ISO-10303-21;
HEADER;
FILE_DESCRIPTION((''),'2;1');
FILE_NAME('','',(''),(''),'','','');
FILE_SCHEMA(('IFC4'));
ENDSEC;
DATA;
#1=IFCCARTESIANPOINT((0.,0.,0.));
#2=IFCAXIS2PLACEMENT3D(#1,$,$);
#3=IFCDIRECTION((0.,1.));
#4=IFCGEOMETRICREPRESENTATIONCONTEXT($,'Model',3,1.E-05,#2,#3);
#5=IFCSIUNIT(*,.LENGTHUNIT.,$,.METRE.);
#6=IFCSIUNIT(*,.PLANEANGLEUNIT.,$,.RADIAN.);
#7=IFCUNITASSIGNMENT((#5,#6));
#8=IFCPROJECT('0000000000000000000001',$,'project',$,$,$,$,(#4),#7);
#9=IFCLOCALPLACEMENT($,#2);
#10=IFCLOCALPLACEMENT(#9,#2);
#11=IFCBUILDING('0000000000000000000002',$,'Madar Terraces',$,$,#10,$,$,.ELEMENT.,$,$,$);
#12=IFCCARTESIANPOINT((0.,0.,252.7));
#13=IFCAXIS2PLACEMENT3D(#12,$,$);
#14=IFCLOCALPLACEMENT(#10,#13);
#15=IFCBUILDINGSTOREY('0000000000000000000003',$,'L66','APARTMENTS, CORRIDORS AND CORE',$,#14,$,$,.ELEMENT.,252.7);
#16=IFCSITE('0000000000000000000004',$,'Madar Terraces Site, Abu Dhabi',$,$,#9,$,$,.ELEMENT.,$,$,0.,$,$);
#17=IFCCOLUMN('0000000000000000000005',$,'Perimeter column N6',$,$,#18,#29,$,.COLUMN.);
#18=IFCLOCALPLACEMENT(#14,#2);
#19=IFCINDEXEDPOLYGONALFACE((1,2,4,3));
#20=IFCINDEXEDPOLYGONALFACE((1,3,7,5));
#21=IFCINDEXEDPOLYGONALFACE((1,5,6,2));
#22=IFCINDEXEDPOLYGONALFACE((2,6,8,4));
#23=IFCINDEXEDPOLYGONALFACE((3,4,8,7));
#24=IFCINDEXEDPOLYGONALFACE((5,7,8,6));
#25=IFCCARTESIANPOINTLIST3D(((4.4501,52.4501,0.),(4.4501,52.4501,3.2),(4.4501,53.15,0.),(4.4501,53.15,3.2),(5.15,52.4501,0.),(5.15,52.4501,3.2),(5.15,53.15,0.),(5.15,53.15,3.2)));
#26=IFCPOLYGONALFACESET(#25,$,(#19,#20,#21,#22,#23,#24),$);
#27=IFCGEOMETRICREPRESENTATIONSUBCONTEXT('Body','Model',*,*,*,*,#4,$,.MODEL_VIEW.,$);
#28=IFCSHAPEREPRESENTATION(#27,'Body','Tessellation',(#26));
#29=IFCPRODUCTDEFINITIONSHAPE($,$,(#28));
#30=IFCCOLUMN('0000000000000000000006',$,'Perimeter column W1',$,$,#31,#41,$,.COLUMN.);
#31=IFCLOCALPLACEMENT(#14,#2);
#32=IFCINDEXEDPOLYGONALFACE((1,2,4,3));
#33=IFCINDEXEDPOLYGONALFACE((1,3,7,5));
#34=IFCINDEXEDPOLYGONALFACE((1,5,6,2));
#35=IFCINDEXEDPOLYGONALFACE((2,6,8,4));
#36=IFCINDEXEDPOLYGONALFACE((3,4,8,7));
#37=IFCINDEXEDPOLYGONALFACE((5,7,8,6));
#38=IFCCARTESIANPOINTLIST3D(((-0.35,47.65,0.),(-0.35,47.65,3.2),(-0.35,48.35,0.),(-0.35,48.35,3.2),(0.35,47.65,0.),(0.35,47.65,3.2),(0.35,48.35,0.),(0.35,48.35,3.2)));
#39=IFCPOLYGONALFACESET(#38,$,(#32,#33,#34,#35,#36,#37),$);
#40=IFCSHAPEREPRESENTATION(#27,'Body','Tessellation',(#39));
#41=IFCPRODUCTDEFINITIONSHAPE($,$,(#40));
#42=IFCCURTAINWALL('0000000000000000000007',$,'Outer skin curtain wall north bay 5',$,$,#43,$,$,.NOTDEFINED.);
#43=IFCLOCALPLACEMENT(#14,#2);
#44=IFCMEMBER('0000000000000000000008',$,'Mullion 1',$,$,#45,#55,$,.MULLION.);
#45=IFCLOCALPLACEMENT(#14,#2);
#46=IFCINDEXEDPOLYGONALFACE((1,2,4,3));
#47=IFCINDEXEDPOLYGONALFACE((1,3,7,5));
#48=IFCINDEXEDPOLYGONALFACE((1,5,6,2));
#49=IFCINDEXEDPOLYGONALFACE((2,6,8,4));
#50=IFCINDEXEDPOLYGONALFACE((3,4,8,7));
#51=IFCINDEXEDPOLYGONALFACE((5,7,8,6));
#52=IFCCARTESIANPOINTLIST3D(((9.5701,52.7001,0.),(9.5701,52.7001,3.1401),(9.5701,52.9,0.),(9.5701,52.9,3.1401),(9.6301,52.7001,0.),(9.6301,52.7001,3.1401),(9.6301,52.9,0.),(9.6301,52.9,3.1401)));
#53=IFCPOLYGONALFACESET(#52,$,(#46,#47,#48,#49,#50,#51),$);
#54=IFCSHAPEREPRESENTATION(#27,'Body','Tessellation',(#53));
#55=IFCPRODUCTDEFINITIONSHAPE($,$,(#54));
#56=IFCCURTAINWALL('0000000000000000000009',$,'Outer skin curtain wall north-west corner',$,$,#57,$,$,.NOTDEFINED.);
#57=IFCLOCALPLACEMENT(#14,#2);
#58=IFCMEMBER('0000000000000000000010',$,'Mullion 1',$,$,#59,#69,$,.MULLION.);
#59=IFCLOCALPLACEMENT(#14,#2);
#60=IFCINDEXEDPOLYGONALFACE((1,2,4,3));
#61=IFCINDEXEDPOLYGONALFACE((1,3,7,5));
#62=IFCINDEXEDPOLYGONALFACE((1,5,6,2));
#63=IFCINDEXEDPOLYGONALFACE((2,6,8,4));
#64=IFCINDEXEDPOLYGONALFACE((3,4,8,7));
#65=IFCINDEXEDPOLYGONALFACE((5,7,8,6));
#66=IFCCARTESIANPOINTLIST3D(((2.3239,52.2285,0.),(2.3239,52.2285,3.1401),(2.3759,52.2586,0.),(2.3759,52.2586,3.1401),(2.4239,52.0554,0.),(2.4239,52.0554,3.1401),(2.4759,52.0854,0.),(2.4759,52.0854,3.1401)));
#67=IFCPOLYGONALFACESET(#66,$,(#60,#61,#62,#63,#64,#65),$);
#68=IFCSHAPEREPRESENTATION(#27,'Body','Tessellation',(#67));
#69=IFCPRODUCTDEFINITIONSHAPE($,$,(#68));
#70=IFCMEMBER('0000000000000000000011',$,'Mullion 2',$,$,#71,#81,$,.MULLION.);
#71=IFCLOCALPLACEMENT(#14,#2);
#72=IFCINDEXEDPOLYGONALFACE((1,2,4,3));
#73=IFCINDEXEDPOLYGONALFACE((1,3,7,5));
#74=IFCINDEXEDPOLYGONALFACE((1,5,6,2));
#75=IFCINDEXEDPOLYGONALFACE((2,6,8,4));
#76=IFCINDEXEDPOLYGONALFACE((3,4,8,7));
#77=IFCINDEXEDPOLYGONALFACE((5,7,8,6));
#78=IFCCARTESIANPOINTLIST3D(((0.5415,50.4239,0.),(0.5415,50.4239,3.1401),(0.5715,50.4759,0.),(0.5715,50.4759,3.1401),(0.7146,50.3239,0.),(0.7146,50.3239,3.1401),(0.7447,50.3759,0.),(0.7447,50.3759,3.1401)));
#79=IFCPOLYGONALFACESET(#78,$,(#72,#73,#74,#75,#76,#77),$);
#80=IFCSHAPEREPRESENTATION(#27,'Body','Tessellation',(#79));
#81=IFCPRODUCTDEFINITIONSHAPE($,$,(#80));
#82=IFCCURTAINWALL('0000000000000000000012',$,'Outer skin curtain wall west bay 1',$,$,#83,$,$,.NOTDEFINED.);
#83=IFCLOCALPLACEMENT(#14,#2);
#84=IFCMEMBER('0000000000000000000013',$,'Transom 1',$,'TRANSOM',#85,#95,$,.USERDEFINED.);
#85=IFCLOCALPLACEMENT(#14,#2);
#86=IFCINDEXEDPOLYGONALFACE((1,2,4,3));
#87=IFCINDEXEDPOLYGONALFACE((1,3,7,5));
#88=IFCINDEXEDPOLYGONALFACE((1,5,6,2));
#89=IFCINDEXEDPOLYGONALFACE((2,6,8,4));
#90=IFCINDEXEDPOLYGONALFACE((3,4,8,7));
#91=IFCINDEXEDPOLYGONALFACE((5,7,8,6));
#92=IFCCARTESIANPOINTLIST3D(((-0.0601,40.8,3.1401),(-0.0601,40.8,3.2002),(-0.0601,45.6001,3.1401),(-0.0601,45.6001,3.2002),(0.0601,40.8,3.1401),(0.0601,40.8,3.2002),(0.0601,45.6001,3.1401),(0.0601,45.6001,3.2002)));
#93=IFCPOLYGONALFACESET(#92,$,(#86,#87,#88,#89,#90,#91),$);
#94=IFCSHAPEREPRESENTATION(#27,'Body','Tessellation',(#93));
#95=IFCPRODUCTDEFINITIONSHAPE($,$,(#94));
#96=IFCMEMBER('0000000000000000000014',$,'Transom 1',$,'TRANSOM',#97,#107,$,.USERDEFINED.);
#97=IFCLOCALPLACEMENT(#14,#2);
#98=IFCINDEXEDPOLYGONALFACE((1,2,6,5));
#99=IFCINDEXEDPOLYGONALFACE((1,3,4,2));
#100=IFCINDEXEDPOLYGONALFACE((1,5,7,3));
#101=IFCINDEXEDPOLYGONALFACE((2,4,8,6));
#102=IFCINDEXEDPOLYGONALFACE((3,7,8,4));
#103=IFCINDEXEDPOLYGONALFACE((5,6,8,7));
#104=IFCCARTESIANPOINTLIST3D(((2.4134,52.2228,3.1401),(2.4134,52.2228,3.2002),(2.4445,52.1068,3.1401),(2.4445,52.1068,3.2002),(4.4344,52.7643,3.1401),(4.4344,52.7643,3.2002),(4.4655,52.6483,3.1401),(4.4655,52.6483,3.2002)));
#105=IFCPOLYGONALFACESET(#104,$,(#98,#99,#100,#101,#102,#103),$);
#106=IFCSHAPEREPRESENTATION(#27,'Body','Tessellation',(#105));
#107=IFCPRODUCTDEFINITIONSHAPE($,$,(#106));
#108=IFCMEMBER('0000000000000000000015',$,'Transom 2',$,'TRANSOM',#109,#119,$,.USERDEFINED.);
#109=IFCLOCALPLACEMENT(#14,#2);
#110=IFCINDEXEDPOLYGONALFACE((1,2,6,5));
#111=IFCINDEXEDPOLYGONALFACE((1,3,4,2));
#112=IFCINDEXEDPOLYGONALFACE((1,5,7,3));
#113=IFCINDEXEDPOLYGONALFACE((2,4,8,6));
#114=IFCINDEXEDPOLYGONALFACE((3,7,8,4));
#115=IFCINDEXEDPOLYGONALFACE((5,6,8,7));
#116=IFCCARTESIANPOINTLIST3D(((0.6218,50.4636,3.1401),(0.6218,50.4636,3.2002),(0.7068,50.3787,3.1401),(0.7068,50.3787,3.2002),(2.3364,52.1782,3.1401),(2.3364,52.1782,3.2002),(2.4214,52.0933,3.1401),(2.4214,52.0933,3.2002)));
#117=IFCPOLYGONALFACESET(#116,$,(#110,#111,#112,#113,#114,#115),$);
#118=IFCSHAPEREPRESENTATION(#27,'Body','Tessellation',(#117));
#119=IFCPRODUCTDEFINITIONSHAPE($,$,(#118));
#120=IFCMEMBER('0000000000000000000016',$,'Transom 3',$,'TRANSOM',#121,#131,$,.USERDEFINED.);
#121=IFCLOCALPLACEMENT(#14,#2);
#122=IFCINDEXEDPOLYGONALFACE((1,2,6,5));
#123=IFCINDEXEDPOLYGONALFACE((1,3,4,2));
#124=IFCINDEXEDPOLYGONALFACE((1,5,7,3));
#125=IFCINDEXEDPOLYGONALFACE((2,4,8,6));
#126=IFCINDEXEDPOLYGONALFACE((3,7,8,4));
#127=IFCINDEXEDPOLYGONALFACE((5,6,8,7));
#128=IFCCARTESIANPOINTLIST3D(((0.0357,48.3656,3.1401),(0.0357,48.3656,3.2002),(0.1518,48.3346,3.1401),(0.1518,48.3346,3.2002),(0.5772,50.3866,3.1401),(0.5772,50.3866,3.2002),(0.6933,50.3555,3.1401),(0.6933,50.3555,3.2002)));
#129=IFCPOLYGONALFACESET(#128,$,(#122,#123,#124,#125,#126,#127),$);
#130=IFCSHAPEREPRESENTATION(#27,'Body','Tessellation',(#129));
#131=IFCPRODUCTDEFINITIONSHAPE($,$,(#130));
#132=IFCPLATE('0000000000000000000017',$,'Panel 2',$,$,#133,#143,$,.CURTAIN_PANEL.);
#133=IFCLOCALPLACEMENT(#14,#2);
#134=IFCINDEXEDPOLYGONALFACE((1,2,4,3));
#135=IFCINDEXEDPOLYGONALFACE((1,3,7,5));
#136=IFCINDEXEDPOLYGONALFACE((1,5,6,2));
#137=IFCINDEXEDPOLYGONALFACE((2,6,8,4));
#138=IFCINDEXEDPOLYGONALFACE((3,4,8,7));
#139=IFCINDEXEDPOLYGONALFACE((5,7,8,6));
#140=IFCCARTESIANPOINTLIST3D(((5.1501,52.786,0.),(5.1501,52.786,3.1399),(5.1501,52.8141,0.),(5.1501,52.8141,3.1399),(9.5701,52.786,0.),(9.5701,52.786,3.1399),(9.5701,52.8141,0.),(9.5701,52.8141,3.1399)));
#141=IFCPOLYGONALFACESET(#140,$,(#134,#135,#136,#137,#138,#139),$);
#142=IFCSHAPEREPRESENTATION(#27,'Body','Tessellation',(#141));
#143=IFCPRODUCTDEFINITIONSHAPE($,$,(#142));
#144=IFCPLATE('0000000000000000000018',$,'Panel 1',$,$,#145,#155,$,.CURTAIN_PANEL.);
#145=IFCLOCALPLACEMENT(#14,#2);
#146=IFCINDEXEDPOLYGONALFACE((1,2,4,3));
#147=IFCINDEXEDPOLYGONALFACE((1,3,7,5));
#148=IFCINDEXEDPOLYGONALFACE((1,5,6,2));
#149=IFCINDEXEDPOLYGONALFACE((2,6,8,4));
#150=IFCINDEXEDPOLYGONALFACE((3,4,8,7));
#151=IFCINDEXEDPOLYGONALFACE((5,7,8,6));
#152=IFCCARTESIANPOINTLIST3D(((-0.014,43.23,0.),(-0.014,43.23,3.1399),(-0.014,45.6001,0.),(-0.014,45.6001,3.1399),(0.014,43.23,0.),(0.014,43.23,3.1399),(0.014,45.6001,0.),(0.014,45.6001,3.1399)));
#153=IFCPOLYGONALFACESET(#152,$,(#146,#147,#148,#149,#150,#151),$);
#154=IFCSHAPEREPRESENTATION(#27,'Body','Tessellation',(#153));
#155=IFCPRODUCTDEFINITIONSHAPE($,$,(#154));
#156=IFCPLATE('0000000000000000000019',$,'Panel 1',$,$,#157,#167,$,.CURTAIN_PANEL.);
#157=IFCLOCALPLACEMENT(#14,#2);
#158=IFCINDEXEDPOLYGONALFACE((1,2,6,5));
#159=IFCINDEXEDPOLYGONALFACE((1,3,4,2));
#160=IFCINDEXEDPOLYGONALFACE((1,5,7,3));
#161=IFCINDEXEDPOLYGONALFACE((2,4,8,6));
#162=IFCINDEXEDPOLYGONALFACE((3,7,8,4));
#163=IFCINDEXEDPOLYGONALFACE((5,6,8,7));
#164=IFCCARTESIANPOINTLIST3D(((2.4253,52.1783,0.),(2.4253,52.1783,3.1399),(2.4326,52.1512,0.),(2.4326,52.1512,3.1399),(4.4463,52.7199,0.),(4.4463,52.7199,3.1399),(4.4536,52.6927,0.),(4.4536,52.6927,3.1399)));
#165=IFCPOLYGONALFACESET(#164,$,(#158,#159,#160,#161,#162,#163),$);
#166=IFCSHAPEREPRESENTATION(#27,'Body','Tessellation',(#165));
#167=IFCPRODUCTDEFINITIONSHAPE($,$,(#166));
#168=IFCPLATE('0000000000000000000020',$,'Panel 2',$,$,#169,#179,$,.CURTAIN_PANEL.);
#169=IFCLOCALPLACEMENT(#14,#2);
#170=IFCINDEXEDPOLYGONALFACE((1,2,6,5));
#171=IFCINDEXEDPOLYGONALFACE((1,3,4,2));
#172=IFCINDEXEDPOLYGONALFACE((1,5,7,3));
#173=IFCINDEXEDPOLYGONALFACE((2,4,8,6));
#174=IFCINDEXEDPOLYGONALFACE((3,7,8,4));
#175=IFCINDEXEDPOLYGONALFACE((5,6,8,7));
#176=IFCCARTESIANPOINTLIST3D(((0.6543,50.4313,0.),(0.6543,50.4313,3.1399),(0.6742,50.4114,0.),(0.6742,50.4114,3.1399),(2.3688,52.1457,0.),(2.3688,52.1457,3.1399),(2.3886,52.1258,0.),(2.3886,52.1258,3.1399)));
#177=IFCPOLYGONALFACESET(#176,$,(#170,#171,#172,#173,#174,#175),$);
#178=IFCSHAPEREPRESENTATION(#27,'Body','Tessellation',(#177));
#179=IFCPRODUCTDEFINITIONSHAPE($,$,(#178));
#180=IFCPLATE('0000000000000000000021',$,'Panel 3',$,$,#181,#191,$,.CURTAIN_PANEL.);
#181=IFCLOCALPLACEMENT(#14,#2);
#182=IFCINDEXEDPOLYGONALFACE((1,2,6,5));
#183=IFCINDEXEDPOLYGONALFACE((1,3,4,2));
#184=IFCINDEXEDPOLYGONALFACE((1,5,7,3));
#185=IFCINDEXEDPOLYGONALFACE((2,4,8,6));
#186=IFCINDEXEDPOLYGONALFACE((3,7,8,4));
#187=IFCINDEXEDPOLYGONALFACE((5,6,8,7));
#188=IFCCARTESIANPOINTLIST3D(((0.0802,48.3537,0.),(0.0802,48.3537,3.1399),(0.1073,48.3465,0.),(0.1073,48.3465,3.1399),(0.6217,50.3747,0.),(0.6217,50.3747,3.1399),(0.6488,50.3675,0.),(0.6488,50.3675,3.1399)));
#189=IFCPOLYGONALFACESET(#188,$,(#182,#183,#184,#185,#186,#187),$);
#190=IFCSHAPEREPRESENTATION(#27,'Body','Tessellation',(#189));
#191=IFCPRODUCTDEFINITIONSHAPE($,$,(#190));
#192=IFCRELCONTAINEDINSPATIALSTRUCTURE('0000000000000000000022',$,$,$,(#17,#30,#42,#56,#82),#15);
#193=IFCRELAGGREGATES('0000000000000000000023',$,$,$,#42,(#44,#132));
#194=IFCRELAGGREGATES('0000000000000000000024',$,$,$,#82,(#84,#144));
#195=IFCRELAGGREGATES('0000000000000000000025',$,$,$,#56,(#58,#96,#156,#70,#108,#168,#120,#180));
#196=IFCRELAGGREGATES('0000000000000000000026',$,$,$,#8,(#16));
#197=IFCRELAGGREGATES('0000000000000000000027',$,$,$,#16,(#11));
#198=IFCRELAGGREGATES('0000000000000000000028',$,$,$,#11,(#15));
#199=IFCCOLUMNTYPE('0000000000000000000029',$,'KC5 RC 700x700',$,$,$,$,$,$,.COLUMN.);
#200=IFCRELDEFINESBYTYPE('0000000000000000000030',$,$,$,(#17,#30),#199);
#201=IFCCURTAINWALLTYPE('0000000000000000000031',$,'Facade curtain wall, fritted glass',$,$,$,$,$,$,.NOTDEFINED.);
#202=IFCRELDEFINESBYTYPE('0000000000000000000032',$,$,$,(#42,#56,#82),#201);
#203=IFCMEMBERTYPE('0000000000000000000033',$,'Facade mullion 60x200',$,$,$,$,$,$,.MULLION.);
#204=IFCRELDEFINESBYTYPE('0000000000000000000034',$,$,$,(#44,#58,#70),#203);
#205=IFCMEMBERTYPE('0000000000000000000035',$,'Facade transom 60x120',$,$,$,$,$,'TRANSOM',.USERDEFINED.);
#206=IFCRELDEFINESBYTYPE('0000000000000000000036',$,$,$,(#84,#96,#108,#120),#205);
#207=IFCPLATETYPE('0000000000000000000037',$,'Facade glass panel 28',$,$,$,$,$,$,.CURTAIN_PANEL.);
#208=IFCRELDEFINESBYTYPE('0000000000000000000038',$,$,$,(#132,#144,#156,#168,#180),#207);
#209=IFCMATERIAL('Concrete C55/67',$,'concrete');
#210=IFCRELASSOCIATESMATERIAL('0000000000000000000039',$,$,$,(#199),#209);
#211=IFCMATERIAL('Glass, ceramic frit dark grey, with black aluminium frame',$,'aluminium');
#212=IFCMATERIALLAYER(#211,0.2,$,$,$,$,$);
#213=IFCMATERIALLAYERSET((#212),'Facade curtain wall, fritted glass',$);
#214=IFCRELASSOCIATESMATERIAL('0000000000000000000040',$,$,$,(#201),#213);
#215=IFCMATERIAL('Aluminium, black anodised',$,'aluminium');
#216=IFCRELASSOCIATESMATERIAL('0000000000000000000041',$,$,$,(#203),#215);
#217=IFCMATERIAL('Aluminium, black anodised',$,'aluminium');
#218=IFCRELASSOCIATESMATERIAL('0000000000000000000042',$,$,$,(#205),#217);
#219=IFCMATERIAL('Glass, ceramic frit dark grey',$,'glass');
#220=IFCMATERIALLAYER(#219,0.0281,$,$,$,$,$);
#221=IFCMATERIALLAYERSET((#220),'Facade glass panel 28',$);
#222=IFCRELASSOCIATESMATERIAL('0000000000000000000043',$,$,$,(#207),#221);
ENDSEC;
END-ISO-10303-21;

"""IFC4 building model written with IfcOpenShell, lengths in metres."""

from ifc_helpers import new_model, si_unit, direction, frame, origin, origin_2d, place, context, subcontext, project, spatial, rectangle, extrude, material, layer, layer_set, material_profile, profile_set, type_object, element, aggregate, save


model = new_model("IFC4")

# Units and contexts
model_context = context("Model", 3, precision=1e-05, world=origin(), true_north=direction((0.0, 1.0)))
body_context = subcontext(model_context, "Body", "Model", "MODEL_VIEW")
ifc_project = project(units=[si_unit("LENGTHUNIT", "METRE"), si_unit("PLANEANGLEUNIT", "RADIAN")], contexts=[model_context])

# Site, building, storey
site_placement = place(None, origin())
site = spatial("IfcSite", under=ifc_project, at=site_placement, Name="Madar Terraces Site, Abu Dhabi", CompositionType="ELEMENT", RefElevation=0.0)
building_placement = place(site_placement, origin())
building = spatial("IfcBuilding", under=site, at=building_placement, Name="Madar Terraces", CompositionType="ELEMENT")
storey_placement = place(building_placement, frame((0.0, 0.0, 252.7)))
storey = spatial("IfcBuildingStorey", under=building, at=storey_placement, Name="L66", Description="APARTMENTS, CORRIDORS AND CORE", CompositionType="ELEMENT", Elevation=252.7)

# Columns
ifc_material_1 = material(Name="Concrete C55/67", Category="concrete")
ifc_material_profile_1 = material_profile(ifc_material_1, rectangle(XDim=0.7, YDim=0.7, at=origin_2d()), Name="KC5 RC 700x700")
ifc_profile_set_1 = profile_set([ifc_material_profile_1], Name="Concrete C55/67")
column_type = type_object("IfcColumnType", Name="KC5 RC 700x700", PredefinedType="COLUMN", material=ifc_profile_set_1)
for number, where, z_axis, x_axis, name in (
    (1, (4.8, 52.8, 0.0), (0.0, 0.0, 1.0), (1.0, 0.0, 0.0), "Perimeter column N6"),
    (2, (0.0, 48.0, 0.0), (0.0, 0.0, 1.0), (1.0, 0.0, 0.0), "Perimeter column W1"),
):
    element("IfcColumn", number, at=place(storey_placement, frame(where, z_axis=z_axis, x_axis=x_axis)), inside=storey, type_object=column_type, Name=name, PredefinedType="COLUMN", context=body_context, shape_type="SweptSolid", body=[
        extrude(rectangle(XDim=0.7, YDim=0.7, at=origin_2d()), origin(), (0.0, 0.0, 1.0), 3.2),
    ])

# Curtain wall, member
ifc_material_2 = material(Name="Glass, ceramic frit dark grey, with black aluminium frame", Category="aluminium")
ifc_layer_1 = layer(ifc_material_2, 0.2)
ifc_layer_set_1 = layer_set([ifc_layer_1], Name="Facade curtain wall, fritted glass")
curtain_wall_type = type_object("IfcCurtainWallType", Name="Facade curtain wall, fritted glass", PredefinedType="NOTDEFINED", material=ifc_layer_set_1)
curtain_wall_1_placement = place(storey_placement, origin())
curtain_wall_1 = element("IfcCurtainWall", 3, at=curtain_wall_1_placement, inside=storey, type_object=curtain_wall_type, Name="Outer skin curtain wall north bay 5", PredefinedType="NOTDEFINED")
ifc_material_3 = material(Name="Aluminium, black anodised", Category="aluminium")
ifc_material_profile_2 = material_profile(ifc_material_3, rectangle(XDim=0.2, YDim=0.0601, at=origin_2d()), Name="Facade mullion 60x200")
ifc_profile_set_2 = profile_set([ifc_material_profile_2], Name="Aluminium, black anodised")
member_type_1 = type_object("IfcMemberType", Name="Facade mullion 60x200", PredefinedType="MULLION", material=ifc_profile_set_2)
member_1_placement = place(storey_placement, frame((9.6001, 52.8, 0.0), z_axis=(0.0, 0.0, 1.0), x_axis=(0.0, -1.0, 0.0)))
member_1 = element("IfcMember", 4, at=member_1_placement, type_object=member_type_1, Name="Mullion 1", PredefinedType="MULLION", context=body_context, shape_type="SweptSolid", body=[
    extrude(rectangle(XDim=0.2, YDim=0.0601, at=origin_2d()), origin(), (0.0, 0.0, 1.0), 3.1401),
])

# Curtain wall, members
curtain_wall_2_placement = place(storey_placement, origin())
curtain_wall_2 = element("IfcCurtainWall", 5, at=curtain_wall_2_placement, inside=storey, type_object=curtain_wall_type, Name="Outer skin curtain wall north-west corner", PredefinedType="NOTDEFINED")
member_2_placement = place(storey_placement, frame((2.3999, 52.157, 0.0), z_axis=(0.0, 0.0, 1.0), x_axis=(0.5, -0.866025, 0.0)))
member_2 = element("IfcMember", 6, at=member_2_placement, type_object=member_type_1, Name="Mullion 1", PredefinedType="MULLION", context=body_context, shape_type="SweptSolid", body=[
    extrude(rectangle(XDim=0.2, YDim=0.0601, at=origin_2d()), origin(), (0.0, 0.0, 1.0), 3.1401),
])
member_3_placement = place(storey_placement, frame((0.6431, 50.3999, 0.0), z_axis=(0.0, 0.0, 1.0), x_axis=(0.866025, -0.5, 0.0)))
member_3 = element("IfcMember", 7, at=member_3_placement, type_object=member_type_1, Name="Mullion 2", PredefinedType="MULLION", context=body_context, shape_type="SweptSolid", body=[
    extrude(rectangle(XDim=0.2, YDim=0.0601, at=origin_2d()), origin(), (0.0, 0.0, 1.0), 3.1401),
])

# Curtain wall, member
curtain_wall_3_placement = place(storey_placement, origin())
curtain_wall_3 = element("IfcCurtainWall", 8, at=curtain_wall_3_placement, inside=storey, type_object=curtain_wall_type, Name="Outer skin curtain wall west bay 1", PredefinedType="NOTDEFINED")
ifc_material_4 = material(Name="Aluminium, black anodised", Category="aluminium")
ifc_material_profile_3 = material_profile(ifc_material_4, rectangle(XDim=0.1201, YDim=0.0601, at=origin_2d()), Name="Facade transom 60x120")
ifc_profile_set_3 = profile_set([ifc_material_profile_3], Name="Aluminium, black anodised")
member_type_2 = type_object("IfcMemberType", Name="Facade transom 60x120", ElementType="TRANSOM", PredefinedType="USERDEFINED", material=ifc_profile_set_3)
member_4_placement = place(storey_placement, frame((0.0, 45.6001, 3.1702), z_axis=(0.0, -1.0, 0.0), x_axis=(1.0, 0.0, 0.0)))
member_4 = element("IfcMember", 9, at=member_4_placement, type_object=member_type_2, Name="Transom 1", ObjectType="TRANSOM", PredefinedType="USERDEFINED", context=body_context, shape_type="SweptSolid", body=[
    extrude(rectangle(XDim=0.1201, YDim=0.0601, at=origin_2d()), origin(), (0.0, 0.0, 1.0), 4.8),
])

# Members
member_5_placement = place(storey_placement, frame((4.45, 52.7063, 3.1702), z_axis=(-0.965928, -0.25881, 0.0), x_axis=(0.25881, -0.965928, 0.0)))
member_5 = element("IfcMember", 10, at=member_5_placement, type_object=member_type_2, Name="Transom 1", ObjectType="TRANSOM", PredefinedType="USERDEFINED", context=body_context, shape_type="SweptSolid", body=[
    extrude(rectangle(XDim=0.1201, YDim=0.0601, at=origin_2d()), origin(), (0.0, 0.0, 1.0), 2.0923),
])
member_6_placement = place(storey_placement, frame((2.3789, 52.1357, 3.1702), z_axis=(-0.707107, -0.707107, 0.0), x_axis=(0.707107, -0.707107, 0.0)))
member_6 = element("IfcMember", 11, at=member_6_placement, type_object=member_type_2, Name="Transom 2", ObjectType="TRANSOM", PredefinedType="USERDEFINED", context=body_context, shape_type="SweptSolid", body=[
    extrude(rectangle(XDim=0.1201, YDim=0.0601, at=origin_2d()), origin(), (0.0, 0.0, 1.0), 2.4248),
])
member_7_placement = place(storey_placement, frame((0.6353, 50.3711, 3.1702), z_axis=(-0.25881, -0.965928, 0.0), x_axis=(0.965928, -0.25881, 0.0)))
member_7 = element("IfcMember", 12, at=member_7_placement, type_object=member_type_2, Name="Transom 3", ObjectType="TRANSOM", PredefinedType="USERDEFINED", context=body_context, shape_type="SweptSolid", body=[
    extrude(rectangle(XDim=0.1201, YDim=0.0601, at=origin_2d()), origin(), (0.0, 0.0, 1.0), 2.0923),
])

# Plates
ifc_material_5 = material(Name="Glass, ceramic frit dark grey", Category="glass")
ifc_layer_2 = layer(ifc_material_5, 0.0281)
ifc_layer_set_2 = layer_set([ifc_layer_2], Name="Facade glass panel 28")
plate_type = type_object("IfcPlateType", Name="Facade glass panel 28", PredefinedType="CURTAIN_PANEL", material=ifc_layer_set_2)
plate_1_placement = place(storey_placement, frame((7.3601, 52.8, 0.0), z_axis=(0.0, 0.0, 1.0), x_axis=(-1.0, 0.0, 0.0)))
plate_1 = element("IfcPlate", 13, at=plate_1_placement, type_object=plate_type, Name="Panel 2", PredefinedType="CURTAIN_PANEL", context=body_context, shape_type="SweptSolid", body=[
    extrude(rectangle(XDim=4.4199, YDim=0.0281, at=origin_2d()), origin(), (0.0, 0.0, 1.0), 3.1399),
])
aggregate(curtain_wall_1, [member_1, plate_1])
plate_2_placement = place(storey_placement, frame((0.0, 44.415, 0.0), z_axis=(0.0, 0.0, 1.0), x_axis=(0.0, -1.0, 0.0)))
plate_2 = element("IfcPlate", 14, at=plate_2_placement, type_object=plate_type, Name="Panel 1", PredefinedType="CURTAIN_PANEL", context=body_context, shape_type="SweptSolid", body=[
    extrude(rectangle(XDim=2.3701, YDim=0.0281, at=origin_2d()), origin(), (0.0, 0.0, 1.0), 3.1399),
])
aggregate(curtain_wall_3, [member_4, plate_2])
plate_3_placement = place(storey_placement, frame((3.4395, 52.4355, 0.0), z_axis=(0.0, 0.0, 1.0), x_axis=(-0.965926, -0.258819, 0.0)))
plate_3 = element("IfcPlate", 15, at=plate_3_placement, type_object=plate_type, Name="Panel 1", PredefinedType="CURTAIN_PANEL", context=body_context, shape_type="SweptSolid", body=[
    extrude(rectangle(XDim=2.0923, YDim=0.0281, at=origin_2d()), origin(), (0.0, 0.0, 1.0), 3.1399),
])
plate_4_placement = place(storey_placement, frame((1.5215, 51.2786, 0.0), z_axis=(0.0, 0.0, 1.0), x_axis=(-0.707107, -0.707107, 0.0)))
plate_4 = element("IfcPlate", 16, at=plate_4_placement, type_object=plate_type, Name="Panel 2", PredefinedType="CURTAIN_PANEL", context=body_context, shape_type="SweptSolid", body=[
    extrude(rectangle(XDim=2.4246, YDim=0.0281, at=origin_2d()), origin(), (0.0, 0.0, 1.0), 3.1399),
])
plate_5_placement = place(storey_placement, frame((0.3645, 49.3606, 0.0), z_axis=(0.0, 0.0, 1.0), x_axis=(-0.258819, -0.965926, 0.0)))
plate_5 = element("IfcPlate", 17, at=plate_5_placement, type_object=plate_type, Name="Panel 3", PredefinedType="CURTAIN_PANEL", context=body_context, shape_type="SweptSolid", body=[
    extrude(rectangle(XDim=2.0923, YDim=0.0281, at=origin_2d()), origin(), (0.0, 0.0, 1.0), 3.1399),
])
aggregate(curtain_wall_2, [member_2, member_5, plate_3, member_3, member_6, plate_4, member_7, plate_5])

save(model, "model.ifc")
